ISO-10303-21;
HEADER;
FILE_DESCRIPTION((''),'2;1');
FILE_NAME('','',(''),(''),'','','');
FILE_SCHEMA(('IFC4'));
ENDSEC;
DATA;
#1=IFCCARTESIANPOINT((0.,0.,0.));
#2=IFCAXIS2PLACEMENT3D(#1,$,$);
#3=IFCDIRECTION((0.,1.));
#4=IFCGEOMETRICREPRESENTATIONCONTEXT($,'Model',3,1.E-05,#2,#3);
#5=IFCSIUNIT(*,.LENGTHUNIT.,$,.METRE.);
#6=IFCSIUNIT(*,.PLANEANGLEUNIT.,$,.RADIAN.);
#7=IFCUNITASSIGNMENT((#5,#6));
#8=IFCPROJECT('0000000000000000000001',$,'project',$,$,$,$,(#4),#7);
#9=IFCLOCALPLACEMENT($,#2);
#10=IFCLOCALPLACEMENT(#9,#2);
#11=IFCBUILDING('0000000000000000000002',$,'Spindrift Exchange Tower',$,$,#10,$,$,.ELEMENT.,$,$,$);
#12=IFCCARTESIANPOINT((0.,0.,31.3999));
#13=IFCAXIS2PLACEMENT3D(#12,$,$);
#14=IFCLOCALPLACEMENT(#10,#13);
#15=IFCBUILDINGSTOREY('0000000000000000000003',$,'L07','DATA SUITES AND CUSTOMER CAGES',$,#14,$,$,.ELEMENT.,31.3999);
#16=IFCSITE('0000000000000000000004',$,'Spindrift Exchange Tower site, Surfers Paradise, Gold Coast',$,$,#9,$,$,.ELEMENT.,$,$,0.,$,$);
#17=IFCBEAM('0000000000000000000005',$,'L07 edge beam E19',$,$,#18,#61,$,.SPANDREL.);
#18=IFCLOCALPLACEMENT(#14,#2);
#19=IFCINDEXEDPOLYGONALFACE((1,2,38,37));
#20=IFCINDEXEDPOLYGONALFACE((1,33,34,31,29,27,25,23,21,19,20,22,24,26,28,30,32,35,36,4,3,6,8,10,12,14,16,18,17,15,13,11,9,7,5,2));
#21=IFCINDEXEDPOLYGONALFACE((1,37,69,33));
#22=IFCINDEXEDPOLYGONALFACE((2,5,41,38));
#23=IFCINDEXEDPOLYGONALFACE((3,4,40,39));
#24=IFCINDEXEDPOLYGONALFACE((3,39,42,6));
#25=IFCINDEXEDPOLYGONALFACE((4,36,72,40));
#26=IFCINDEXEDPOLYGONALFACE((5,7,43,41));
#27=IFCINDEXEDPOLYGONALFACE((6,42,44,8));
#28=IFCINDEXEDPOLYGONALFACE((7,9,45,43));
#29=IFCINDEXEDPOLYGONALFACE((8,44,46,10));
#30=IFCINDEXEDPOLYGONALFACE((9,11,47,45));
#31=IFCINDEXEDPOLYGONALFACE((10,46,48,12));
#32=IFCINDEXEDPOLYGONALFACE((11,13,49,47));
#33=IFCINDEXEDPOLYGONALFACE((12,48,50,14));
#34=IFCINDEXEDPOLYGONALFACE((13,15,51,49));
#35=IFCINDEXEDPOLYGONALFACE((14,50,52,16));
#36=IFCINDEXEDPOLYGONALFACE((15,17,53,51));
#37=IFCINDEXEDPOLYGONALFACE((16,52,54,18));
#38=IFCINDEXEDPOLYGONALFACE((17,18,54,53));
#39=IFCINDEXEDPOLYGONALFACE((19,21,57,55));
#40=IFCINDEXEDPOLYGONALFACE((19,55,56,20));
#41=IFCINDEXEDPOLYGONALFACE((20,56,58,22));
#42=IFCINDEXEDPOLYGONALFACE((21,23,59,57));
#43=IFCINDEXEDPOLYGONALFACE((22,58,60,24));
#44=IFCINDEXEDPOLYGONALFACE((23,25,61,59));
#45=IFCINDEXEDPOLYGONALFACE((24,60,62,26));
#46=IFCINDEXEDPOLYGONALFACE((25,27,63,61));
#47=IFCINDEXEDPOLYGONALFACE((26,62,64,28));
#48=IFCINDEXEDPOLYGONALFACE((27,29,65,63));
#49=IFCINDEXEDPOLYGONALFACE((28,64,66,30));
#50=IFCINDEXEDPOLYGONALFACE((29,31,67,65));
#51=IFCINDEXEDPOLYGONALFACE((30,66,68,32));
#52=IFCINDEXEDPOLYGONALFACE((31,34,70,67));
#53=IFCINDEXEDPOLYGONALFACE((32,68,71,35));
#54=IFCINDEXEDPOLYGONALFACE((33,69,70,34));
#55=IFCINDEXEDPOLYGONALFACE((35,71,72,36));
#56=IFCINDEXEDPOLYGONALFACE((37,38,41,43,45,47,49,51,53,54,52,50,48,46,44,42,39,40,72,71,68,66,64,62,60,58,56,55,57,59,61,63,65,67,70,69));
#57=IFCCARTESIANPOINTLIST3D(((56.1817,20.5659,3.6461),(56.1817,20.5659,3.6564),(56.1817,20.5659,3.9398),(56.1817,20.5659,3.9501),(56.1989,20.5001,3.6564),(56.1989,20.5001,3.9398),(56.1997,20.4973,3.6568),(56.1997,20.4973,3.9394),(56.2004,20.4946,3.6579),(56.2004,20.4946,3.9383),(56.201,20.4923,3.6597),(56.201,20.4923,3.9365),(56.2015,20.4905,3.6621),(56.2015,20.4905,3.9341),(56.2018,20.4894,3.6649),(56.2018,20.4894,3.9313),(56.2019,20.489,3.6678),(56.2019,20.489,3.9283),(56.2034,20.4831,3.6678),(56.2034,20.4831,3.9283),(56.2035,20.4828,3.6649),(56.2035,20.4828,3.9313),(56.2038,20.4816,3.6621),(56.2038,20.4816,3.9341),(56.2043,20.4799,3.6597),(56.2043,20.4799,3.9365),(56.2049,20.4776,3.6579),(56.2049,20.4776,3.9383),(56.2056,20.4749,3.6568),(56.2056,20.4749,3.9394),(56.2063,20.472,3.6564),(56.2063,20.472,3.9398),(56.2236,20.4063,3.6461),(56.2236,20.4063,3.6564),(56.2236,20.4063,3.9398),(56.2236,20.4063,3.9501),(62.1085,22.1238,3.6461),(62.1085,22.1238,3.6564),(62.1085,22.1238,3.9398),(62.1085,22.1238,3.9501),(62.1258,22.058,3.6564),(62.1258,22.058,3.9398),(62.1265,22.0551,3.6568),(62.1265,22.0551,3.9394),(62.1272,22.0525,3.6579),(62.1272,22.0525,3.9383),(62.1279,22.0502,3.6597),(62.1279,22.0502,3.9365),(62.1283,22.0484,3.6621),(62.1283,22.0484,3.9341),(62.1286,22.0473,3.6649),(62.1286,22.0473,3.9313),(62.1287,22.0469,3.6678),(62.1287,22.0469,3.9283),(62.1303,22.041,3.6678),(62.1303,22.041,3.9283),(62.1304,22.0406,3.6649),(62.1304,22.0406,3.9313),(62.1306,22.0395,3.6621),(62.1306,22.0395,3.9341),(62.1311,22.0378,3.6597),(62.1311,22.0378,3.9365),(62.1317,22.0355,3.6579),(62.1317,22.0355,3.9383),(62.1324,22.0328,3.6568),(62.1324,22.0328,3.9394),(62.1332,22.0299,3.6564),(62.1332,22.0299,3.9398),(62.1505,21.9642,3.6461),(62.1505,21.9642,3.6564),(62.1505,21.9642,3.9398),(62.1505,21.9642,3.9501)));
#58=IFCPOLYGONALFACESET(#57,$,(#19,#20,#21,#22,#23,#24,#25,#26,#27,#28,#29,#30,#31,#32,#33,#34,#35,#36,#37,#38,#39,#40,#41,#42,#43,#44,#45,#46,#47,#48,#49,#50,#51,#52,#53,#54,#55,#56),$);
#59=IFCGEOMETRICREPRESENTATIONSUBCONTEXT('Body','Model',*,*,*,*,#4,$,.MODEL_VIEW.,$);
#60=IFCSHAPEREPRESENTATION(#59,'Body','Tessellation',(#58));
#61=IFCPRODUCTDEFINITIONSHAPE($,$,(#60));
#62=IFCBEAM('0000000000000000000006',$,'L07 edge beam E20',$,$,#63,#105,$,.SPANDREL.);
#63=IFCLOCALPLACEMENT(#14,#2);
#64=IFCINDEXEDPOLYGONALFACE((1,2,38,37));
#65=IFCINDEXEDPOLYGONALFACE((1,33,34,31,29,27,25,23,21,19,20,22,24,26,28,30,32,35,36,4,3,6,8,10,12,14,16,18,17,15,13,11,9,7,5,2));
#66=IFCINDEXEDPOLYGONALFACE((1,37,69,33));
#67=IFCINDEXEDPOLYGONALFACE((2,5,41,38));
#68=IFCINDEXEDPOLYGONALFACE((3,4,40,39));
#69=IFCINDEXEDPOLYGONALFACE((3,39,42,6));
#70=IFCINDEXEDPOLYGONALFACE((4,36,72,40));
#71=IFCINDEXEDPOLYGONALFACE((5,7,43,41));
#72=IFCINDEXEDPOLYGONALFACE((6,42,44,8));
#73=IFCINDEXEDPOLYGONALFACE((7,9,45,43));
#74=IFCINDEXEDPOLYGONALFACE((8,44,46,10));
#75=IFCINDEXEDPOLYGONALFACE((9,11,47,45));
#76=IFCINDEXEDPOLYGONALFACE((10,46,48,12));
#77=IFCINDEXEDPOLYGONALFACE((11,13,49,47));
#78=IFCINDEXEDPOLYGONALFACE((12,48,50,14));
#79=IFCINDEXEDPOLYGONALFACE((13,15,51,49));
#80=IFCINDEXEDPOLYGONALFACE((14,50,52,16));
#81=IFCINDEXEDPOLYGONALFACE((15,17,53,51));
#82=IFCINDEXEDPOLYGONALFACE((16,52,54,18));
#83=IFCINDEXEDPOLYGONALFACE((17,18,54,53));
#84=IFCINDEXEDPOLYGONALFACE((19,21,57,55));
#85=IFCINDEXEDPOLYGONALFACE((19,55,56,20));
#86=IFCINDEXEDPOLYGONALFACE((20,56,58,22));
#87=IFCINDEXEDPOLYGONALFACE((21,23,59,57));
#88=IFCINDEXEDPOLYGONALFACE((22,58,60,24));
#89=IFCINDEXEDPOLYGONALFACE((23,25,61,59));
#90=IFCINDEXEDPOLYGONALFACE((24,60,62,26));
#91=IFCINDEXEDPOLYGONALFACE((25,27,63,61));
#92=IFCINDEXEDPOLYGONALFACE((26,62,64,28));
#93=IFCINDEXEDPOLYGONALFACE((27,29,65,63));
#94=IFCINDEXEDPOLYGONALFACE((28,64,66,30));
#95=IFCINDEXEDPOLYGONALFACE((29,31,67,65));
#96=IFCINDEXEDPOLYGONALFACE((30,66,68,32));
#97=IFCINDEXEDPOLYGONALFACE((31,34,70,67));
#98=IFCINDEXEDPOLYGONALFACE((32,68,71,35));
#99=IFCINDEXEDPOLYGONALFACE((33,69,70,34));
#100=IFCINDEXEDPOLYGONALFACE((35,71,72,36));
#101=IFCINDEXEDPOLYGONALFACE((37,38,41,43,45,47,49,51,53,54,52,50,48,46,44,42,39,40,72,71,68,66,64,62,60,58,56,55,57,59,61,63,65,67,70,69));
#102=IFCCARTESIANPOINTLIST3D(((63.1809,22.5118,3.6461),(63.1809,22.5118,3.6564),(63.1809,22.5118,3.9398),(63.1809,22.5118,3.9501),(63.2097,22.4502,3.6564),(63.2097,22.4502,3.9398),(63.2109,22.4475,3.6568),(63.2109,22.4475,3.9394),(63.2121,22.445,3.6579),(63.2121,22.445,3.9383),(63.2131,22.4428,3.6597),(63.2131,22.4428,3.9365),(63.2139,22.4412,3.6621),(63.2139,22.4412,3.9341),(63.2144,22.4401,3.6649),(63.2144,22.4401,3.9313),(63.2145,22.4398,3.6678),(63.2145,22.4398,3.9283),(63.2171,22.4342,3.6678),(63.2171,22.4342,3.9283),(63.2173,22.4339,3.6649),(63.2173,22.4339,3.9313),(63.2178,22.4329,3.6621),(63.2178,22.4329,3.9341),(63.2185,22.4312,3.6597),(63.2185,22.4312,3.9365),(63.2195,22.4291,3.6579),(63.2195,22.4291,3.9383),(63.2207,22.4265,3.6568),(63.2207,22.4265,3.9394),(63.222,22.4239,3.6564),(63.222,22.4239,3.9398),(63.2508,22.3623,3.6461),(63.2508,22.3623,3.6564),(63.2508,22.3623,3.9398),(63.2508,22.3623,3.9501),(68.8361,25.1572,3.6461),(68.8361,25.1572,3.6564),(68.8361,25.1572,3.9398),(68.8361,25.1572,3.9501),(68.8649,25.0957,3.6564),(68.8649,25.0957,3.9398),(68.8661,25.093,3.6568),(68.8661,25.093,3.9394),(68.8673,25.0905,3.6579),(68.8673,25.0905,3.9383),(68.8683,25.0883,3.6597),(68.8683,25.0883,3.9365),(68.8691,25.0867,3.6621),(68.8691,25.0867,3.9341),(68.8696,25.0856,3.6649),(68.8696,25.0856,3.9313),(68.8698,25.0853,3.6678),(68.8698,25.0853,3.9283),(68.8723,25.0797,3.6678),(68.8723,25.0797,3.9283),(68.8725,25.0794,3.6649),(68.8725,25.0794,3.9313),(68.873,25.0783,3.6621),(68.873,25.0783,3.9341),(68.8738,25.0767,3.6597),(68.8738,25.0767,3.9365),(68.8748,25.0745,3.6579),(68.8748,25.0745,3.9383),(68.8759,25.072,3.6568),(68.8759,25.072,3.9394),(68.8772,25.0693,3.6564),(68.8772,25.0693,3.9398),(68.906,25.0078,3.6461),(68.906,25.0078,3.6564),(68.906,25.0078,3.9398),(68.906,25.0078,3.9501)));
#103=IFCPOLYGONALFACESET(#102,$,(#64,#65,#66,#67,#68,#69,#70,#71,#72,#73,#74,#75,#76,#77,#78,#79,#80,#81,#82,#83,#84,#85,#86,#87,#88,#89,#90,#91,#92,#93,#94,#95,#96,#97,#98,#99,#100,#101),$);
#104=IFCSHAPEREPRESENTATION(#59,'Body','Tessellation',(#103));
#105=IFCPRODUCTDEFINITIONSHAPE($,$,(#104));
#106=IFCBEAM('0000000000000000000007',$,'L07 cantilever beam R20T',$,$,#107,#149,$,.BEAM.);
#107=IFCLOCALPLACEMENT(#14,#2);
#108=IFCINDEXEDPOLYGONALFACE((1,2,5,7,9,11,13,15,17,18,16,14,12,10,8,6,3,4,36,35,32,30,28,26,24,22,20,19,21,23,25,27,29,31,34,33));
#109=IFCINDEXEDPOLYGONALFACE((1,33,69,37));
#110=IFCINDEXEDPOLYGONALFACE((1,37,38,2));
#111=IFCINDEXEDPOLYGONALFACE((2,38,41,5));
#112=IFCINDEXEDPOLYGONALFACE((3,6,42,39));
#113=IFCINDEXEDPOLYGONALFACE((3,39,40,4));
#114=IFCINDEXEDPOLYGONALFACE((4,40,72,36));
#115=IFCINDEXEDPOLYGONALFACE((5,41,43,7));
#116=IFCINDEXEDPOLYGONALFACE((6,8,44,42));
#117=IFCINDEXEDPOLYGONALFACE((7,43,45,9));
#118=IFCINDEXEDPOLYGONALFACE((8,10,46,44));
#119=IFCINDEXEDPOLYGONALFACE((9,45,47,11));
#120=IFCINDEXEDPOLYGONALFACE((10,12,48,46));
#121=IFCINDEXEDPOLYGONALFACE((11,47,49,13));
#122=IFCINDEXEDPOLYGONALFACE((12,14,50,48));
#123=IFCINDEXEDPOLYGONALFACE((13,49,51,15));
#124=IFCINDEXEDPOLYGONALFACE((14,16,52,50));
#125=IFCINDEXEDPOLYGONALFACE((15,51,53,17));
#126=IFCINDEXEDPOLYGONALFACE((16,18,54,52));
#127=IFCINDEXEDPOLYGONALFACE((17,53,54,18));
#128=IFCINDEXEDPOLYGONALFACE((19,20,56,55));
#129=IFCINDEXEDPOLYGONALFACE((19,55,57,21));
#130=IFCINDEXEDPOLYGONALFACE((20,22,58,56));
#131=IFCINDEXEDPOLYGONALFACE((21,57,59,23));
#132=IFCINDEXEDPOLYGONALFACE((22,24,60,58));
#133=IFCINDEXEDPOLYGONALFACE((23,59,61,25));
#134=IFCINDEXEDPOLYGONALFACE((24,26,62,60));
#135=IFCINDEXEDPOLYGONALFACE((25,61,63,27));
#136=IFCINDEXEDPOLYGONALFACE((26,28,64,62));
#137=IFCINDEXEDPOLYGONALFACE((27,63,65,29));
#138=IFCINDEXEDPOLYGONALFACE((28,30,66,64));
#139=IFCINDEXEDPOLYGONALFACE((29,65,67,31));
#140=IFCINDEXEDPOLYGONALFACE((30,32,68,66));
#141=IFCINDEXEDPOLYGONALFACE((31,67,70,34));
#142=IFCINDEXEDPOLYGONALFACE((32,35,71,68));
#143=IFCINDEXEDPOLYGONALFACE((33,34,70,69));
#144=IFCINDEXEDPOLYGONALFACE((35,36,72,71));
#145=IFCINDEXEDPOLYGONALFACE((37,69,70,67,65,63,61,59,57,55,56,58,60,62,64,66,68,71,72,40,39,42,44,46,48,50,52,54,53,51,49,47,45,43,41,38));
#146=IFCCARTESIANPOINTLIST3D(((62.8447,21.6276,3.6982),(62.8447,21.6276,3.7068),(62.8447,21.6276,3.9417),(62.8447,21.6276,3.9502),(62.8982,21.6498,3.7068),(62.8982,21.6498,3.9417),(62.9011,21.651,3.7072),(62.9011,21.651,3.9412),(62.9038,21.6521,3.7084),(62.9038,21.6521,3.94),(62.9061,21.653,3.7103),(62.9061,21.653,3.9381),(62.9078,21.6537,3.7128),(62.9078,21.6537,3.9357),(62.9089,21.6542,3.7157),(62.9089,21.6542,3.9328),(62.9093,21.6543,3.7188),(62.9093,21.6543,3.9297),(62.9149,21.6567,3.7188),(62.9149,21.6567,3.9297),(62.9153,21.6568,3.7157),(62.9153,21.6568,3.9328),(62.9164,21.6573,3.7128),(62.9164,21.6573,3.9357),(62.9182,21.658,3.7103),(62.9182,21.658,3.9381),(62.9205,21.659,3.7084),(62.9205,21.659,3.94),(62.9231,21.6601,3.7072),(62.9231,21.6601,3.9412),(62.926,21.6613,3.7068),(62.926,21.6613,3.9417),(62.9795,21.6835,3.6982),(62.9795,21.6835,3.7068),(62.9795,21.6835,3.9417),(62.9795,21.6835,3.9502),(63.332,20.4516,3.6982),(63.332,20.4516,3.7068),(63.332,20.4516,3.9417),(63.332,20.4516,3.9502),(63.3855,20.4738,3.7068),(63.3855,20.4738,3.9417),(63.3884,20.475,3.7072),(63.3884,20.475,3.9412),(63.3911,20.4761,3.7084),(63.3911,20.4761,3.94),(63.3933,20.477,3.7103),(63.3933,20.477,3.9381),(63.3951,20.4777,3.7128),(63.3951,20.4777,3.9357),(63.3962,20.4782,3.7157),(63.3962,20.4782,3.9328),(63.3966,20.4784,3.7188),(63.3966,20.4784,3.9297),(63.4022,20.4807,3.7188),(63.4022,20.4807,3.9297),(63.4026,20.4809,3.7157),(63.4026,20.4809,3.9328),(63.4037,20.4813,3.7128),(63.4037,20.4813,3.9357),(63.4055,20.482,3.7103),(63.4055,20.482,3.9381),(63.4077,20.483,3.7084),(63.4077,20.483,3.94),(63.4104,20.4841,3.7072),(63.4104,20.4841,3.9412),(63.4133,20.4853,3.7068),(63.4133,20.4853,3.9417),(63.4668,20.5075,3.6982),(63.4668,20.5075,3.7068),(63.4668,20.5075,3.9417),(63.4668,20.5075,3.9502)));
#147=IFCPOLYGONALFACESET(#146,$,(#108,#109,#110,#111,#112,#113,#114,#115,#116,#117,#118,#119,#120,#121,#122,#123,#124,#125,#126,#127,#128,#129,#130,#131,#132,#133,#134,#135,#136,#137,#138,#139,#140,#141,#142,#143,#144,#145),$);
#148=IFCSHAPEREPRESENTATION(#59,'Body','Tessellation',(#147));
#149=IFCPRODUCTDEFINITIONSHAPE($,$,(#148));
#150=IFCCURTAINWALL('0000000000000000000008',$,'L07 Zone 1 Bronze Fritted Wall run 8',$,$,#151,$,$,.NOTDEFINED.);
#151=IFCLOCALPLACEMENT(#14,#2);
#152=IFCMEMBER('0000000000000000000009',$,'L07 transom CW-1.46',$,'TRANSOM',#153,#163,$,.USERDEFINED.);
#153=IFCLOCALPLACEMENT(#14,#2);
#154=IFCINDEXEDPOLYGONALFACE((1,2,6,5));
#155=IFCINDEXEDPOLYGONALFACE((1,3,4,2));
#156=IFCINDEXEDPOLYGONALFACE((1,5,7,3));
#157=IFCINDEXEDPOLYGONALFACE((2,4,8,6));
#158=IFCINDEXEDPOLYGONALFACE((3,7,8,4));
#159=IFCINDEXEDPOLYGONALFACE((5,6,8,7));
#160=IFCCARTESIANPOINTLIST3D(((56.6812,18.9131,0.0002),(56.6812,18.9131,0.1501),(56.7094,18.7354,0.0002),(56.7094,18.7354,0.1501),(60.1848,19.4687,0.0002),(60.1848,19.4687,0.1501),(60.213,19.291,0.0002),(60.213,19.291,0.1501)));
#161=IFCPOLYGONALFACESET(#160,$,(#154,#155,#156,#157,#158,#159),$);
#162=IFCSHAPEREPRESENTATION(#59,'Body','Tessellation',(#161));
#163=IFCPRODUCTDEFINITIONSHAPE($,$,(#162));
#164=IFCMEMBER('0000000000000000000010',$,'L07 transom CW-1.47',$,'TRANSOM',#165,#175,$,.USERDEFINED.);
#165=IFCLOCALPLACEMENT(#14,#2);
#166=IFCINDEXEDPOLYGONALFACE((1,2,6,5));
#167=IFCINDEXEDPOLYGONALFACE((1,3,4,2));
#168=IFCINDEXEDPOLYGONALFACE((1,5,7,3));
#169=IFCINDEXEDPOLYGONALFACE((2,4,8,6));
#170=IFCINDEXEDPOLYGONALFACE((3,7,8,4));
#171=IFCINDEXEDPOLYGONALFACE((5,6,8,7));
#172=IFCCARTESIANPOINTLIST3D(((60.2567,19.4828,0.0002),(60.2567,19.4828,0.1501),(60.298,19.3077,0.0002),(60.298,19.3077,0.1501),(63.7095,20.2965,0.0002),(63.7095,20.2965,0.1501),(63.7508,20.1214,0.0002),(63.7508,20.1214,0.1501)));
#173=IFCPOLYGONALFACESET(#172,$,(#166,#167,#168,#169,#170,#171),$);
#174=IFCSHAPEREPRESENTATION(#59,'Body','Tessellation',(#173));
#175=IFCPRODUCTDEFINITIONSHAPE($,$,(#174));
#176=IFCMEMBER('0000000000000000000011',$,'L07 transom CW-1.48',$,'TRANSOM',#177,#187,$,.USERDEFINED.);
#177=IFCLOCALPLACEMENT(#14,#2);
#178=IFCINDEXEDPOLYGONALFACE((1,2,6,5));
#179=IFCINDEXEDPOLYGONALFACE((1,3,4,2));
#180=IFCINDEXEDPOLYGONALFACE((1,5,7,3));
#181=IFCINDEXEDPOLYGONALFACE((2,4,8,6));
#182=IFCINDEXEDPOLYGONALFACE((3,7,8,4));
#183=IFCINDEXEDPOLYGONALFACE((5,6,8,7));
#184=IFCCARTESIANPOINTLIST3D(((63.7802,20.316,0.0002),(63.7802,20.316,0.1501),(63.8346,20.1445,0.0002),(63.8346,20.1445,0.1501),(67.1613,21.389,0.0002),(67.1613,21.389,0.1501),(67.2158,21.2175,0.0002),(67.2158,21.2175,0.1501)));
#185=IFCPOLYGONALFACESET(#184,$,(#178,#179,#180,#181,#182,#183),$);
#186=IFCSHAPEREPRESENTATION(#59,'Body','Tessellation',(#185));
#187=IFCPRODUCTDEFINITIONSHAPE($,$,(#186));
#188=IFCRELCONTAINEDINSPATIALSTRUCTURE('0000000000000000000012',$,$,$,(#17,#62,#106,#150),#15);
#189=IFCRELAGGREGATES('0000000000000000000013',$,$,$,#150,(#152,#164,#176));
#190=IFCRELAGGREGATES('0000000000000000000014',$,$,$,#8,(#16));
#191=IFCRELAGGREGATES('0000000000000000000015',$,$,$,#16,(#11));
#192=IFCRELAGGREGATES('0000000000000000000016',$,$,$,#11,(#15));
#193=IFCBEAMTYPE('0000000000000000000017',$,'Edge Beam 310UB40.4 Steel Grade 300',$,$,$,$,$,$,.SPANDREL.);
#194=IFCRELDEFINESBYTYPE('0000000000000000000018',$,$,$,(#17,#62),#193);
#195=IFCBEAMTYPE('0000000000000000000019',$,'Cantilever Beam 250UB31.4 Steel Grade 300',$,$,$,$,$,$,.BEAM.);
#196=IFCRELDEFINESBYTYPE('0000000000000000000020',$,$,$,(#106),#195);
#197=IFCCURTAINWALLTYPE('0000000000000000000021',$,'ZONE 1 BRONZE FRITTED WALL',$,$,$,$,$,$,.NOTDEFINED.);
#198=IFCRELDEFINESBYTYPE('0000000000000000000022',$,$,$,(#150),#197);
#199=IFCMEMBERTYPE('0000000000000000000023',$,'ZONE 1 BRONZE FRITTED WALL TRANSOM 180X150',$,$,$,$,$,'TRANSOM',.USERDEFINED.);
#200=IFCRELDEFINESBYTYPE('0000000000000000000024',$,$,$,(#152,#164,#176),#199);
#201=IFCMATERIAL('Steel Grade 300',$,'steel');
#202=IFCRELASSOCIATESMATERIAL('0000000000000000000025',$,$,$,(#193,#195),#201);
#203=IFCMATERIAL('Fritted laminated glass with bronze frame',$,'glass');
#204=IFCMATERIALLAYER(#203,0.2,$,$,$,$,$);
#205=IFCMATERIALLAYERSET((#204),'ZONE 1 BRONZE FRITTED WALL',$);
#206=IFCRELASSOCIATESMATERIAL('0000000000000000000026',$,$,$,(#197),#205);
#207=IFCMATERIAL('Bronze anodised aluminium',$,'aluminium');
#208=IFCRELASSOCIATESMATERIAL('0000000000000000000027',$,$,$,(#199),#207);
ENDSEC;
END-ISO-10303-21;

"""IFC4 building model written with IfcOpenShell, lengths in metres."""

from ifc_helpers import new_model, si_unit, direction, frame, origin, origin_2d, place, context, subcontext, project, spatial, rectangle, i_section, extrude, source, transform, mapped, material, layer, layer_set, material_profile, profile_set, type_object, element, aggregate, save


model = new_model("IFC4")

# Units and contexts
model_context = context("Model", 3, precision=1e-05, world=origin(), true_north=direction((0.0, 1.0)))
body_context = subcontext(model_context, "Body", "Model", "MODEL_VIEW")
ifc_project = project(units=[si_unit("LENGTHUNIT", "METRE"), si_unit("PLANEANGLEUNIT", "RADIAN")], contexts=[model_context])

# Site, building, storey
site_placement = place(None, origin())
site = spatial("IfcSite", under=ifc_project, at=site_placement, Name="Spindrift Exchange Tower site, Surfers Paradise, Gold Coast", CompositionType="ELEMENT", RefElevation=0.0)
building_placement = place(site_placement, origin())
building = spatial("IfcBuilding", under=site, at=building_placement, Name="Spindrift Exchange Tower", CompositionType="ELEMENT")
storey_placement = place(building_placement, frame((0.0, 0.0, 31.3999)))
storey = spatial("IfcBuildingStorey", under=building, at=storey_placement, Name="L07", Description="DATA SUITES AND CUSTOMER CAGES", CompositionType="ELEMENT", Elevation=31.3999)

# Beams
ifc_material_1 = material(Name="Steel Grade 300", Category="steel")
ifc_material_profile_1 = material_profile(ifc_material_1, i_section(OverallWidth=0.165, OverallDepth=0.304, WebThickness=0.0061, FlangeThickness=0.0103, FilletRadius=0.0115, at=origin_2d()), Name="310UB40.4")
ifc_profile_set_1 = profile_set([ifc_material_profile_1], Name="Steel Grade 300")
beam_type_1 = type_object("IfcBeamType", Name="Edge Beam 310UB40.4 Steel Grade 300", PredefinedType="SPANDREL", material=ifc_profile_set_1)
shared_shape_1 = source(origin(), body_context, "Body", "SweptSolid", [
    extrude(i_section(OverallWidth=0.165, OverallDepth=0.304, WebThickness=0.0061, FlangeThickness=0.0103, FilletRadius=0.0115, at=origin_2d()), origin(), (0.0, 0.0, 1.0), 6.1282),
])
beam_1_placement = place(storey_placement, frame((56.2026, 20.4861, 3.7981), z_axis=(0.967147, 0.254217, 0.0), x_axis=(-0.254217, 0.967147, 0.0)))
element("IfcBeam", 1, at=beam_1_placement, inside=storey, type_object=beam_type_1, Name="L07 edge beam E19", PredefinedType="SPANDREL", context=body_context, shape_type="MappedRepresentation", body=[
    mapped(shared_shape_1, transform((0.0, 0.0, 0.0), scale=1.0)),
])
shared_shape_2 = source(origin(), body_context, "Body", "SweptSolid", [
    extrude(i_section(OverallWidth=0.165, OverallDepth=0.304, WebThickness=0.0061, FlangeThickness=0.0103, FilletRadius=0.0115, at=origin_2d()), origin(), (0.0, 0.0, 1.0), 6.2434),
])
beam_2_placement = place(storey_placement, frame((63.2158, 22.437, 3.7981), z_axis=(0.905791, 0.423724, 0.0), x_axis=(-0.423724, 0.905791, 0.0)))
element("IfcBeam", 2, at=beam_2_placement, inside=storey, type_object=beam_type_1, Name="L07 edge beam E20", PredefinedType="SPANDREL", context=body_context, shape_type="MappedRepresentation", body=[
    mapped(shared_shape_2, transform((0.0, 0.0, 0.0), scale=1.0)),
])
ifc_material_profile_2 = material_profile(ifc_material_1, i_section(OverallWidth=0.146, OverallDepth=0.252, WebThickness=0.0061, FlangeThickness=0.0085, FilletRadius=0.012, at=origin_2d()), Name="250UB31.4")
ifc_profile_set_2 = profile_set([ifc_material_profile_2], Name="Steel Grade 300")
beam_type_2 = type_object("IfcBeamType", Name="Cantilever Beam 250UB31.4 Steel Grade 300", PredefinedType="BEAM", material=ifc_profile_set_2)
shared_shape_3 = source(origin(), body_context, "Body", "SweptSolid", [
    extrude(i_section(OverallWidth=0.146, OverallDepth=0.252, WebThickness=0.0061, FlangeThickness=0.0085, FilletRadius=0.012, at=origin_2d()), origin(), (0.0, 0.0, 1.0), 1.2729),
])
beam_3_placement = place(storey_placement, frame((62.9121, 21.6555, 3.8242), z_axis=(0.382803, -0.92383, 0.0), x_axis=(0.92383, 0.382803, 0.0)))
element("IfcBeam", 3, at=beam_3_placement, inside=storey, type_object=beam_type_2, Name="L07 cantilever beam R20T", PredefinedType="BEAM", context=body_context, shape_type="MappedRepresentation", body=[
    mapped(shared_shape_3, transform((0.0, 0.0, 0.0), scale=1.0)),
])

# Curtain wall, members
ifc_material_2 = material(Name="Fritted laminated glass with bronze frame", Category="glass")
ifc_layer_1 = layer(ifc_material_2, 0.2)
ifc_layer_set_1 = layer_set([ifc_layer_1], Name="ZONE 1 BRONZE FRITTED WALL")
curtain_wall_type = type_object("IfcCurtainWallType", Name="ZONE 1 BRONZE FRITTED WALL", PredefinedType="NOTDEFINED", material=ifc_layer_set_1)
curtain_wall_1_placement = place(storey_placement, origin())
curtain_wall_1 = element("IfcCurtainWall", 4, at=curtain_wall_1_placement, inside=storey, type_object=curtain_wall_type, Name="L07 Zone 1 Bronze Fritted Wall run 8", PredefinedType="NOTDEFINED")
ifc_material_3 = material(Name="Bronze anodised aluminium", Category="aluminium")
ifc_material_profile_3 = material_profile(ifc_material_3, rectangle(XDim=0.1799, YDim=0.1499, at=origin_2d()), Name="ZONE 1 BRONZE FRITTED WALL TRANSOM 180X150")
ifc_profile_set_3 = profile_set([ifc_material_profile_3], Name="Bronze anodised aluminium")
member_type_1 = type_object("IfcMemberType", Name="ZONE 1 BRONZE FRITTED WALL TRANSOM 180X150", ElementType="TRANSOM", PredefinedType="USERDEFINED", material=ifc_profile_set_3)
shared_shape_4 = source(origin(), body_context, "Body", "SweptSolid", [
    extrude(rectangle(XDim=0.1799, YDim=0.1499, at=origin_2d()), origin(), (0.0, 0.0, 1.0), 3.5474),
])
member_1_placement = place(storey_placement, frame((56.6953, 18.8242, 0.0752), z_axis=(0.987656, 0.156638, 0.0), x_axis=(-0.156638, 0.987656, 0.0)))
member_1 = element("IfcMember", 5, at=member_1_placement, type_object=member_type_1, Name="L07 transom CW-1.46", ObjectType="TRANSOM", PredefinedType="USERDEFINED", context=body_context, shape_type="MappedRepresentation", body=[
    mapped(shared_shape_4, transform((0.0, 0.0, 0.0), scale=1.0)),
])
member_2_placement = place(storey_placement, frame((60.2773, 19.3953, 0.0752), z_axis=(0.973337, 0.229381, 0.0), x_axis=(-0.229381, 0.973337, 0.0)))
member_2 = element("IfcMember", 6, at=member_2_placement, type_object=member_type_1, Name="L07 transom CW-1.47", ObjectType="TRANSOM", PredefinedType="USERDEFINED", context=body_context, shape_type="MappedRepresentation", body=[
    mapped(shared_shape_4, transform((0.0, 0.0, 0.0), scale=1.0)),
])
member_3_placement = place(storey_placement, frame((63.8074, 20.2302, 0.0752), z_axis=(0.953154, 0.302485, 0.0), x_axis=(-0.302485, 0.953154, 0.0)))
member_3 = element("IfcMember", 7, at=member_3_placement, type_object=member_type_1, Name="L07 transom CW-1.48", ObjectType="TRANSOM", PredefinedType="USERDEFINED", context=body_context, shape_type="MappedRepresentation", body=[
    mapped(shared_shape_4, transform((0.0, 0.0, 0.0), scale=1.0)),
])

aggregate(curtain_wall_1, [member_1, member_2, member_3])

save(model, "model.ifc")
